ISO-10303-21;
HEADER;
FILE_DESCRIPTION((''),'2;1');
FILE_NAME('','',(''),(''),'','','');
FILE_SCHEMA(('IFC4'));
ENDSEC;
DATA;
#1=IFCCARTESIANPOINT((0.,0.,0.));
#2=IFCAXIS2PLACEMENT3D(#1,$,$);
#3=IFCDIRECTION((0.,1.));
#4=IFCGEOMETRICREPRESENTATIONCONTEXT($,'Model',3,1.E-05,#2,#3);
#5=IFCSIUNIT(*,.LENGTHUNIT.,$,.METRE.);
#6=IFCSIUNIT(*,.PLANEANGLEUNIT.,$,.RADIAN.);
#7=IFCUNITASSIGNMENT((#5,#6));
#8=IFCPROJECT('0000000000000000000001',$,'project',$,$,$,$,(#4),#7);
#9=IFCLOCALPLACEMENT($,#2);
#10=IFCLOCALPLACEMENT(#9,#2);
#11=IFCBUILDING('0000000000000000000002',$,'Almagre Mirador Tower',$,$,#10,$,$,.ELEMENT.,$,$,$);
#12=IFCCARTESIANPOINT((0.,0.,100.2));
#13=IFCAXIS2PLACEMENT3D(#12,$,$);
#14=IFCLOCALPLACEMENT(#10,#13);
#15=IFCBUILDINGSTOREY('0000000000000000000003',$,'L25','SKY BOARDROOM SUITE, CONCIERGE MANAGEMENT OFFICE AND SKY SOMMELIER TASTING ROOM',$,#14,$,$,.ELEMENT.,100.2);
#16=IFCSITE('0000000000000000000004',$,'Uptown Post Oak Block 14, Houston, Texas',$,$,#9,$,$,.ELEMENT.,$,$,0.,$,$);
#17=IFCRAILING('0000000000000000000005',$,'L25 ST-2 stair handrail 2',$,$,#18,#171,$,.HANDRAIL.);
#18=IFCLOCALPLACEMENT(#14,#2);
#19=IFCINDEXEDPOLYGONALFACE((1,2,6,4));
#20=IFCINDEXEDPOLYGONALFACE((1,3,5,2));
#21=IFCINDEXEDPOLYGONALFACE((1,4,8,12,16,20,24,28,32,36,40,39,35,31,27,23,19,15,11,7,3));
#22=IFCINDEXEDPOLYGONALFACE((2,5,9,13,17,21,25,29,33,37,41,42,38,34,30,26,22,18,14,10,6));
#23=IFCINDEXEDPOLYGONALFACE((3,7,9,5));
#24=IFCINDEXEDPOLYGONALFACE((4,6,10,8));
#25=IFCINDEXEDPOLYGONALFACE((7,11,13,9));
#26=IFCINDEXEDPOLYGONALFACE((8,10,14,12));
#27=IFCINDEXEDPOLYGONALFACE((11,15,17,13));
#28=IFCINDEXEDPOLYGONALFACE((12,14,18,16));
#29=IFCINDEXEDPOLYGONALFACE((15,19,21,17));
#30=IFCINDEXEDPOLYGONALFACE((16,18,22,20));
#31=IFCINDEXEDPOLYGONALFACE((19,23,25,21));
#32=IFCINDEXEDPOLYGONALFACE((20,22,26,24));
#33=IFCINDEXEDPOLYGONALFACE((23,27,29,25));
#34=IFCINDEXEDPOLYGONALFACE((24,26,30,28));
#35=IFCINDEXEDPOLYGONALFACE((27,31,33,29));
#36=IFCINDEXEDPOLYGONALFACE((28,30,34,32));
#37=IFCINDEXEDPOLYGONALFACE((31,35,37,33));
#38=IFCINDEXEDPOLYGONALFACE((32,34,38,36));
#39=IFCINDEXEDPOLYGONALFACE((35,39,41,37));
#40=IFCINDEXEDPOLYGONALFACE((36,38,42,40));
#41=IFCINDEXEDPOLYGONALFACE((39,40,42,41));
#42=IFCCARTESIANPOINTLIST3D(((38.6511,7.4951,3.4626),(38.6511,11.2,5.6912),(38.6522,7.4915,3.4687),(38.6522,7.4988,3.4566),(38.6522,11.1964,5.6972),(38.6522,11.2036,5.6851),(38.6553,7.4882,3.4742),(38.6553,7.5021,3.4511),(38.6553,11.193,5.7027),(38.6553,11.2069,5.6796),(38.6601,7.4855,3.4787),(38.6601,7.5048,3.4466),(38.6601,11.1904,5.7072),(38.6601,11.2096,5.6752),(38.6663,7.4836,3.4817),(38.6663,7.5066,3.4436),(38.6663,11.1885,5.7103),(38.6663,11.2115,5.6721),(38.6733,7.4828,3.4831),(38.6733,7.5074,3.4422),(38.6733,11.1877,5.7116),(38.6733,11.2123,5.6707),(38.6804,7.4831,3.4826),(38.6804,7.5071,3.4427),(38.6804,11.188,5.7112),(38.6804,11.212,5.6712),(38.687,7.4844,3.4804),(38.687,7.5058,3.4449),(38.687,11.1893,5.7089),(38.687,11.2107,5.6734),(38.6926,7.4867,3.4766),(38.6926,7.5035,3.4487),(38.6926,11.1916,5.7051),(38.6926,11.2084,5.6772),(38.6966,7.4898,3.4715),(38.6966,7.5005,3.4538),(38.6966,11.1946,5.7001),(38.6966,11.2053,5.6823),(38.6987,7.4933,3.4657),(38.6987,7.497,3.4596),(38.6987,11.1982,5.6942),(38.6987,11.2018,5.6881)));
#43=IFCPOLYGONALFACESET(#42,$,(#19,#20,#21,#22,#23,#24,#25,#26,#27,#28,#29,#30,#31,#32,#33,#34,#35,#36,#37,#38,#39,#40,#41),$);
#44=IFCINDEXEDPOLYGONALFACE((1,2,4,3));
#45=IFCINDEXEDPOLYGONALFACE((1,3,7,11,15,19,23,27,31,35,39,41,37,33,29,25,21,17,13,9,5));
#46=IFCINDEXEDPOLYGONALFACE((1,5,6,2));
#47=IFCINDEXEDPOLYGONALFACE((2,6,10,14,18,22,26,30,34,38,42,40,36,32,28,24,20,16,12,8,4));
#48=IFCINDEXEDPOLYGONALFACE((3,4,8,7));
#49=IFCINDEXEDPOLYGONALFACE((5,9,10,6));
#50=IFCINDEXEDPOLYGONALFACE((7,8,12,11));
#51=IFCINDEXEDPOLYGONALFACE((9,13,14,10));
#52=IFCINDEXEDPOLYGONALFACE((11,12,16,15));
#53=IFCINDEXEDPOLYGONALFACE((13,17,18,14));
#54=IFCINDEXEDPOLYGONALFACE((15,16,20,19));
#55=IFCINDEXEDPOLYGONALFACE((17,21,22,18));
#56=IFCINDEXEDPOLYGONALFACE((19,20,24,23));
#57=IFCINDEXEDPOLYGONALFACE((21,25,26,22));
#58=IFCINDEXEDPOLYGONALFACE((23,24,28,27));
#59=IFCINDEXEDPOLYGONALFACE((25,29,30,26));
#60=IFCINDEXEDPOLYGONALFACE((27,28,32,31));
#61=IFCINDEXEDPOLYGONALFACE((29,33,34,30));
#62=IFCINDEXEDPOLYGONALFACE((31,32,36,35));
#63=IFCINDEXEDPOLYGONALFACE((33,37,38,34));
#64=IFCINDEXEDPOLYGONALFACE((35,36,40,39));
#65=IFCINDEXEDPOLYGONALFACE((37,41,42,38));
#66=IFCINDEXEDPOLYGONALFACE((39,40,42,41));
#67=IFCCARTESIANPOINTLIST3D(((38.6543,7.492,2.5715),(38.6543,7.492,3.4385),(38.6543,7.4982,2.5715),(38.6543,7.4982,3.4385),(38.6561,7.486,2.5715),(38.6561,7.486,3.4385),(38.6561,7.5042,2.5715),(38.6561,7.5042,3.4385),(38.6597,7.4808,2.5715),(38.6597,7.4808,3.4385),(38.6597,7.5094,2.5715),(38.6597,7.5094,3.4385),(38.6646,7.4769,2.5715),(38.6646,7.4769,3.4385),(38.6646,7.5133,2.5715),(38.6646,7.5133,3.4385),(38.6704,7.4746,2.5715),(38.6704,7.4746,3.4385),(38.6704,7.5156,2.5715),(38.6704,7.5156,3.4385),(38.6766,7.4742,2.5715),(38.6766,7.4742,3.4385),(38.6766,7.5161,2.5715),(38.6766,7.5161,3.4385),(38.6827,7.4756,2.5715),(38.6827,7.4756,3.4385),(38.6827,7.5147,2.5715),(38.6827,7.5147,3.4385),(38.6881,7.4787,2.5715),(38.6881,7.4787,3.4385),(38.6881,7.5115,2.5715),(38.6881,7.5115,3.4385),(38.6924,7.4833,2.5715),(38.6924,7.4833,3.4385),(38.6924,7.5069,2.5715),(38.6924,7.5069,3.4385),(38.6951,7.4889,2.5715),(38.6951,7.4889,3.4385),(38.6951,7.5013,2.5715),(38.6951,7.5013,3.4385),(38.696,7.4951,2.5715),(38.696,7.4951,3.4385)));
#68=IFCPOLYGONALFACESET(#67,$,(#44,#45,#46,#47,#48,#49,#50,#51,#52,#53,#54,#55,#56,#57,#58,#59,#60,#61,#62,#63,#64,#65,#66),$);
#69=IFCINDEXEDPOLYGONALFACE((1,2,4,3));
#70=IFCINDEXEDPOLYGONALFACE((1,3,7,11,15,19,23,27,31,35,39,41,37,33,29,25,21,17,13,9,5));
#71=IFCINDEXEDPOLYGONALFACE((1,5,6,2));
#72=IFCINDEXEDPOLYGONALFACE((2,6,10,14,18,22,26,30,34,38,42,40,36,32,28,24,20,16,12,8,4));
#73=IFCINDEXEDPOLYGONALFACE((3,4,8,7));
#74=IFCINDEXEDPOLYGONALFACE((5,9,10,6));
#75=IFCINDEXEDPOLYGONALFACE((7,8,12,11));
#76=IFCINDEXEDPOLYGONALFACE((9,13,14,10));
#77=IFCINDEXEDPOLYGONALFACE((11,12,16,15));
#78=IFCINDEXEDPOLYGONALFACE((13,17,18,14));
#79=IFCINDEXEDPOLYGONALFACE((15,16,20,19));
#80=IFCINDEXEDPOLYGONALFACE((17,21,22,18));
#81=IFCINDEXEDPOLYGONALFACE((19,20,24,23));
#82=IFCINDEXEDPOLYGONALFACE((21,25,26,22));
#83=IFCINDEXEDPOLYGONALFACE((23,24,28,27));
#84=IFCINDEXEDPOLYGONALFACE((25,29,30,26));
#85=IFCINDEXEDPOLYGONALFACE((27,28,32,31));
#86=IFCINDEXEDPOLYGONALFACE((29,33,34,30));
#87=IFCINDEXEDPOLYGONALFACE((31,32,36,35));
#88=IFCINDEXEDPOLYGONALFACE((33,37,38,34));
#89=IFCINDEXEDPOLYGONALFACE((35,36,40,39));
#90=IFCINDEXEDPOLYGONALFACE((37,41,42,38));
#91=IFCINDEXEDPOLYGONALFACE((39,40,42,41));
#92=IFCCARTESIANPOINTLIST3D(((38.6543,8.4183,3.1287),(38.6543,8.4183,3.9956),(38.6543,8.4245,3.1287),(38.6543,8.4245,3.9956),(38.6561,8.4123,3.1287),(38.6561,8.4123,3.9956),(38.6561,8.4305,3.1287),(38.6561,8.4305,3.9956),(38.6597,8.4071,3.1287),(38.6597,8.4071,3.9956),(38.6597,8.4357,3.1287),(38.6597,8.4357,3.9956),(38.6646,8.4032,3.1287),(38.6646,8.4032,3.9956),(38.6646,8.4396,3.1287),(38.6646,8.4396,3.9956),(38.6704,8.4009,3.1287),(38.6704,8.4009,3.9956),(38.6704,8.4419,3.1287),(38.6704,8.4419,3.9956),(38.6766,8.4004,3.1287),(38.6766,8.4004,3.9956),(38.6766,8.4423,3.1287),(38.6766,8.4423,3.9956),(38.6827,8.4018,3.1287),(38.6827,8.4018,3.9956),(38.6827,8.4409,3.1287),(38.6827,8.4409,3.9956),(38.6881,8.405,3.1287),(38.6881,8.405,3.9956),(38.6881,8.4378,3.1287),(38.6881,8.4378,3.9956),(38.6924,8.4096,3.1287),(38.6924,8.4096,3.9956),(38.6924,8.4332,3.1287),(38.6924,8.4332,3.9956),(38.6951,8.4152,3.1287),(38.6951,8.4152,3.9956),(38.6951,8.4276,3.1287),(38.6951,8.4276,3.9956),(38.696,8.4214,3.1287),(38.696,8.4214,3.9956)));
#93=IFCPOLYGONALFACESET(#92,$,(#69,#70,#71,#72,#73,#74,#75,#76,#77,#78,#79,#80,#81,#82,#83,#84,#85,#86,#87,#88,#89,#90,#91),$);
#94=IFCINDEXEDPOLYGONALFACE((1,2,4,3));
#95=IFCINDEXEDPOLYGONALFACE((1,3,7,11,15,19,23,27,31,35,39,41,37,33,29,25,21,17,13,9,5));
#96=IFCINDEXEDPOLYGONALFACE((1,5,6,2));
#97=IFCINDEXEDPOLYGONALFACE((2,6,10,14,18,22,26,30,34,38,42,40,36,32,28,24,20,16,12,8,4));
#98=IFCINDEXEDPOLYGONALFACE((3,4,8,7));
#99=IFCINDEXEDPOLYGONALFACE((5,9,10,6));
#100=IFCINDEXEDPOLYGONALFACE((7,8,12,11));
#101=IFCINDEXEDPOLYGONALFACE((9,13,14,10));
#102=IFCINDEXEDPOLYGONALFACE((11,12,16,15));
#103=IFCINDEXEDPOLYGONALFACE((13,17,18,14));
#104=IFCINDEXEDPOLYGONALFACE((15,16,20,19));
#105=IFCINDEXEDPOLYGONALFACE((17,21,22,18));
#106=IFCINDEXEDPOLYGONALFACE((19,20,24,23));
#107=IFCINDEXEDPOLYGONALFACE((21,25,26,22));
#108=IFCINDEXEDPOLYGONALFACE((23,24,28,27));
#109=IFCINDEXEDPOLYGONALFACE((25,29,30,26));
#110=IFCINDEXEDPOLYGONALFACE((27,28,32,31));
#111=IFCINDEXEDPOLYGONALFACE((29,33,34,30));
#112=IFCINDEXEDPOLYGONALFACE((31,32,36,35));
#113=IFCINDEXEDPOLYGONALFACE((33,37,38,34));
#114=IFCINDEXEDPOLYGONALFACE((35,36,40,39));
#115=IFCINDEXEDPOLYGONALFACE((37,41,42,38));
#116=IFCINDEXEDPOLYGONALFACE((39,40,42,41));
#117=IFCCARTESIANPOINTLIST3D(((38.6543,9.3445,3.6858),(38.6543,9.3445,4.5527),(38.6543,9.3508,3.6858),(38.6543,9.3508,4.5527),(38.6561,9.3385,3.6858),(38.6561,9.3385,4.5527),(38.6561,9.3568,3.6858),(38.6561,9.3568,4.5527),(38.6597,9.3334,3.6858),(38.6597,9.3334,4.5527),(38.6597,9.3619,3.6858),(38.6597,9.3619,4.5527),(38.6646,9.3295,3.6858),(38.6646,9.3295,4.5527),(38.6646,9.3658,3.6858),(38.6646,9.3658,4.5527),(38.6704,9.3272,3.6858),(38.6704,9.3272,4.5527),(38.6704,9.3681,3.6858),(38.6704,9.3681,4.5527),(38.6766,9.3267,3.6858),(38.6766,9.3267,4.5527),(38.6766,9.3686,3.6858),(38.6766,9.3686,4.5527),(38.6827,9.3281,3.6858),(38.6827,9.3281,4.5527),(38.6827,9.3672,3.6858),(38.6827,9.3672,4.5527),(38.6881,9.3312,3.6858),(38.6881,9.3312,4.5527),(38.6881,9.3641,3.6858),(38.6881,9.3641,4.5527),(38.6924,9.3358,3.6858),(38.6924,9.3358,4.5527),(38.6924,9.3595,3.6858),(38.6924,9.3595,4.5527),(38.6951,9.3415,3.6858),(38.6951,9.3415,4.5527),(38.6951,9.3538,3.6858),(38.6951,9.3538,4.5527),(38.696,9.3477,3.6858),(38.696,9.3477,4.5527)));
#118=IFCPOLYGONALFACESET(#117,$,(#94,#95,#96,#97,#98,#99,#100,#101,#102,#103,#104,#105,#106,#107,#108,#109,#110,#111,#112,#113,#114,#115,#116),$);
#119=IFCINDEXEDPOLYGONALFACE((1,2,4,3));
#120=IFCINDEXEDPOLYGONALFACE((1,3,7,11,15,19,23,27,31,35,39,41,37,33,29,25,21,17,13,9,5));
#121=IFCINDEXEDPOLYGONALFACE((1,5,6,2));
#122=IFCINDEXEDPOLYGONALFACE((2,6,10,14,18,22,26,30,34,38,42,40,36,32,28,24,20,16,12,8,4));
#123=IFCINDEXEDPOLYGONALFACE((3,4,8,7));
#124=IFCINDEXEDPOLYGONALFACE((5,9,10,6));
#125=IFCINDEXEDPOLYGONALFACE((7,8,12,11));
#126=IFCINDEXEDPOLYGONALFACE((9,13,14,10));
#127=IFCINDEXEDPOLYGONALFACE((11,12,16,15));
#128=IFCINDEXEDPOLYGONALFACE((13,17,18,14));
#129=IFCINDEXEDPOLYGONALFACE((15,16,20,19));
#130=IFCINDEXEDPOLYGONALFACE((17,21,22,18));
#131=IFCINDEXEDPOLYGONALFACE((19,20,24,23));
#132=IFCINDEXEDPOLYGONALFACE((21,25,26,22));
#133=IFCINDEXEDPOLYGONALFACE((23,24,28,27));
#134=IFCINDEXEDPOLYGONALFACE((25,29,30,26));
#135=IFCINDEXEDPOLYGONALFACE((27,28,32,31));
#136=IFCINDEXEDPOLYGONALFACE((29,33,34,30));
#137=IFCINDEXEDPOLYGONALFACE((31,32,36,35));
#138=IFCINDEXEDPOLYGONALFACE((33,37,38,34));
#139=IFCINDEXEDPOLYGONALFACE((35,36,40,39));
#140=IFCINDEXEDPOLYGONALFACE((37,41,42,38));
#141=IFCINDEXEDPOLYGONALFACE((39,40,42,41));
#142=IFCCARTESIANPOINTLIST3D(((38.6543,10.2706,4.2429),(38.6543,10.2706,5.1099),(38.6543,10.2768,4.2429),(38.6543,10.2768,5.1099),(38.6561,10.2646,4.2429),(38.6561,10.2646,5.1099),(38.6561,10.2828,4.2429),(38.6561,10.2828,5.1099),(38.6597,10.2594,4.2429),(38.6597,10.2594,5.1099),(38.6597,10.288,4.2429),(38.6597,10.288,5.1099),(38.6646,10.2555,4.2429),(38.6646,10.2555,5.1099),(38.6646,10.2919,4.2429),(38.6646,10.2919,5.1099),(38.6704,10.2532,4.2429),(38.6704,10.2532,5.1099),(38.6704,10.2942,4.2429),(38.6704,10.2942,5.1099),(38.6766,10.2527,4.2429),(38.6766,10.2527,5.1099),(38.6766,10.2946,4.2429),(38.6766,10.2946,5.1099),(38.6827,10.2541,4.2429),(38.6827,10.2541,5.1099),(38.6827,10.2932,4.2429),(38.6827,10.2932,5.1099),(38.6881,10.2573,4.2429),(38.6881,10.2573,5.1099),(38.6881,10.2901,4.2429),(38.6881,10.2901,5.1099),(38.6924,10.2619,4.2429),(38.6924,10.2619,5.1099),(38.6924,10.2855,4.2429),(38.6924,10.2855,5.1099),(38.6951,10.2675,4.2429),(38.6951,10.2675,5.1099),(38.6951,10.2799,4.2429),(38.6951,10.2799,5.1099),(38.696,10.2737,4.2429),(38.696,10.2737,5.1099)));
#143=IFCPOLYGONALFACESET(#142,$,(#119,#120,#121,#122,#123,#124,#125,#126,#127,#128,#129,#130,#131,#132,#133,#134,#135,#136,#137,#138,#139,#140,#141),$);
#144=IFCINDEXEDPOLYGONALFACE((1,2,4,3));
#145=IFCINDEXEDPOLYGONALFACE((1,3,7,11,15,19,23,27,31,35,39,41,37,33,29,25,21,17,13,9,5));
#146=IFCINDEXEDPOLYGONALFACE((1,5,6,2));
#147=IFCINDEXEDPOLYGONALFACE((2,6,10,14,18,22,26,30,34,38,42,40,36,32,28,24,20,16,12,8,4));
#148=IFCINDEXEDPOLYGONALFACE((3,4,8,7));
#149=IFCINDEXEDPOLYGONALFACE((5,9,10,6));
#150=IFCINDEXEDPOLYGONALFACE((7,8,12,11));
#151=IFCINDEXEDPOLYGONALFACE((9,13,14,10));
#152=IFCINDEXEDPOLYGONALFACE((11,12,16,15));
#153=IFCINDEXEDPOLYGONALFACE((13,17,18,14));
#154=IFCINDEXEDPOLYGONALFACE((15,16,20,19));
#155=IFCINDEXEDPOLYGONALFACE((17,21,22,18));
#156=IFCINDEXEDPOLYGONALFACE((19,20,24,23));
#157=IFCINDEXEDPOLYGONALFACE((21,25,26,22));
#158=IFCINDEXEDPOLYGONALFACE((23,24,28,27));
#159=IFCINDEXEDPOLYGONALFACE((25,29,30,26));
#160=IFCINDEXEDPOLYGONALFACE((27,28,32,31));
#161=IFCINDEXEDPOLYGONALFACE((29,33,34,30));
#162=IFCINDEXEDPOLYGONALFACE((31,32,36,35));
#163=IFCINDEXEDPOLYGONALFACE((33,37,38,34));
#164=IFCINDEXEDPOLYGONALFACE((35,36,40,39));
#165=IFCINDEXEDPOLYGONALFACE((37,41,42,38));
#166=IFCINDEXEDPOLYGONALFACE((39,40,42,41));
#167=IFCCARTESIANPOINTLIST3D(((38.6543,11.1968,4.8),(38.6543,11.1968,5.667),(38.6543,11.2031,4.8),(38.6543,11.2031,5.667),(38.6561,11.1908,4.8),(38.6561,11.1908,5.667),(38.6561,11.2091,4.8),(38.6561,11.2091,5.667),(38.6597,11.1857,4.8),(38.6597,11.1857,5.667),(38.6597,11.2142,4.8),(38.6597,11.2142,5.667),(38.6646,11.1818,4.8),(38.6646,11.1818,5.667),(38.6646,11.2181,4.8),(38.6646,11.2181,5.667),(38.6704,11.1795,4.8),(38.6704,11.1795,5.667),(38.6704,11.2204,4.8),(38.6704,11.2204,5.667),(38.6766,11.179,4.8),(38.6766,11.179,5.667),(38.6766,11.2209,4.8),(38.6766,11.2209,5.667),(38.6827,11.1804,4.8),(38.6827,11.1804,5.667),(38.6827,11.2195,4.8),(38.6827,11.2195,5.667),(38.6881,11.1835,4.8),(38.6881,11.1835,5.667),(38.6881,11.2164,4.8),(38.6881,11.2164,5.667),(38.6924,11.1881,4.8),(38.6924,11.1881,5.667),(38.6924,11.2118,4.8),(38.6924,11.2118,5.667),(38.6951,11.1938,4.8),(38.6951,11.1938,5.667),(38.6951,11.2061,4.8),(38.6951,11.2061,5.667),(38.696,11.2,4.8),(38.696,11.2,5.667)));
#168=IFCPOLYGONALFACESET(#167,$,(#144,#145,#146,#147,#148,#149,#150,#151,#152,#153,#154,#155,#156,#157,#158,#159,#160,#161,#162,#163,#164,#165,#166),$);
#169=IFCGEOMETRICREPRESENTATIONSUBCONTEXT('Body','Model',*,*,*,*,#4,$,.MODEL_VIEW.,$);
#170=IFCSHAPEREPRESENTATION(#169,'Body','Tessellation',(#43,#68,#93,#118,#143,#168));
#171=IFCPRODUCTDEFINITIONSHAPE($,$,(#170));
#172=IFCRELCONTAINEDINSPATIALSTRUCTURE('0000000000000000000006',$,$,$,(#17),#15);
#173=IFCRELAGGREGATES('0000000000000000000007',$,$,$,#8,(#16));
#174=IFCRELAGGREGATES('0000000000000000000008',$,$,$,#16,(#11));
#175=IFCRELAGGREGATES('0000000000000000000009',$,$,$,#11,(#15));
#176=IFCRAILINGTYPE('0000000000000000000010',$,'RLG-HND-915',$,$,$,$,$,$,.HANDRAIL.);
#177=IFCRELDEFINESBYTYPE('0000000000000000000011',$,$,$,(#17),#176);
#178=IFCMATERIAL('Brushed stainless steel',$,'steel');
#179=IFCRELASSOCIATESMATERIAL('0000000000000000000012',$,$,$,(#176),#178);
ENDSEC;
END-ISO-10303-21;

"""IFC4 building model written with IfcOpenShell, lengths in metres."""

from ifc_helpers import new_model, si_unit, direction, frame, origin, origin_2d, place, context, subcontext, project, spatial, circle, extrude, material, type_object, element, save


model = new_model("IFC4")

# Units and contexts
model_context = context("Model", 3, precision=1e-05, world=origin(), true_north=direction((0.0, 1.0)))
body_context = subcontext(model_context, "Body", "Model", "MODEL_VIEW")
ifc_project = project(units=[si_unit("LENGTHUNIT", "METRE"), si_unit("PLANEANGLEUNIT", "RADIAN")], contexts=[model_context])

# Site, building, storey
site_placement = place(None, origin())
site = spatial("IfcSite", under=ifc_project, at=site_placement, Name="Uptown Post Oak Block 14, Houston, Texas", CompositionType="ELEMENT", RefElevation=0.0)
building_placement = place(site_placement, origin())
building = spatial("IfcBuilding", under=site, at=building_placement, Name="Almagre Mirador Tower", CompositionType="ELEMENT")
storey_placement = place(building_placement, frame((0.0, 0.0, 100.2)))
storey = spatial("IfcBuildingStorey", under=building, at=storey_placement, Name="L25", Description="SKY BOARDROOM SUITE, CONCIERGE MANAGEMENT OFFICE AND SKY SOMMELIER TASTING ROOM", CompositionType="ELEMENT", Elevation=100.2)

# Railing
ifc_material_1 = material(Name="Brushed stainless steel", Category="steel")
railing_type_1 = type_object("IfcRailingType", Name="RLG-HND-915", PredefinedType="HANDRAIL", material=ifc_material_1)
railing_1_placement = place(storey_placement, frame((38.675, 7.4951, 2.5715)))
element("IfcRailing", 1, at=railing_1_placement, inside=storey, type_object=railing_type_1, Name="L25 ST-2 stair handrail 2", PredefinedType="HANDRAIL", context=body_context, shape_type="SweptSolid", body=[
    extrude(circle(Radius=0.0239, at=origin_2d()), frame((0.0, 0.0, 0.8911), z_axis=(0.0, 0.856919, 0.51545), x_axis=(-1.0, 0.0, 0.0)), (0.0, 0.0, 1.0), 4.3235),
    extrude(circle(Radius=0.021, at=origin_2d()), origin(), (0.0, 0.0, 1.0), 0.8669),
    extrude(circle(Radius=0.021, at=origin_2d()), frame((0.0, 0.9263, 0.5571)), (0.0, 0.0, 1.0), 0.8669),
    extrude(circle(Radius=0.021, at=origin_2d()), frame((0.0, 1.8525, 1.1143)), (0.0, 0.0, 1.0), 0.8669),
    extrude(circle(Radius=0.021, at=origin_2d()), frame((0.0, 2.7786, 1.6714)), (0.0, 0.0, 1.0), 0.8669),
    extrude(circle(Radius=0.021, at=origin_2d()), frame((0.0, 3.7048, 2.2285)), (0.0, 0.0, 1.0), 0.8669),
])

save(model, "model.ifc")
